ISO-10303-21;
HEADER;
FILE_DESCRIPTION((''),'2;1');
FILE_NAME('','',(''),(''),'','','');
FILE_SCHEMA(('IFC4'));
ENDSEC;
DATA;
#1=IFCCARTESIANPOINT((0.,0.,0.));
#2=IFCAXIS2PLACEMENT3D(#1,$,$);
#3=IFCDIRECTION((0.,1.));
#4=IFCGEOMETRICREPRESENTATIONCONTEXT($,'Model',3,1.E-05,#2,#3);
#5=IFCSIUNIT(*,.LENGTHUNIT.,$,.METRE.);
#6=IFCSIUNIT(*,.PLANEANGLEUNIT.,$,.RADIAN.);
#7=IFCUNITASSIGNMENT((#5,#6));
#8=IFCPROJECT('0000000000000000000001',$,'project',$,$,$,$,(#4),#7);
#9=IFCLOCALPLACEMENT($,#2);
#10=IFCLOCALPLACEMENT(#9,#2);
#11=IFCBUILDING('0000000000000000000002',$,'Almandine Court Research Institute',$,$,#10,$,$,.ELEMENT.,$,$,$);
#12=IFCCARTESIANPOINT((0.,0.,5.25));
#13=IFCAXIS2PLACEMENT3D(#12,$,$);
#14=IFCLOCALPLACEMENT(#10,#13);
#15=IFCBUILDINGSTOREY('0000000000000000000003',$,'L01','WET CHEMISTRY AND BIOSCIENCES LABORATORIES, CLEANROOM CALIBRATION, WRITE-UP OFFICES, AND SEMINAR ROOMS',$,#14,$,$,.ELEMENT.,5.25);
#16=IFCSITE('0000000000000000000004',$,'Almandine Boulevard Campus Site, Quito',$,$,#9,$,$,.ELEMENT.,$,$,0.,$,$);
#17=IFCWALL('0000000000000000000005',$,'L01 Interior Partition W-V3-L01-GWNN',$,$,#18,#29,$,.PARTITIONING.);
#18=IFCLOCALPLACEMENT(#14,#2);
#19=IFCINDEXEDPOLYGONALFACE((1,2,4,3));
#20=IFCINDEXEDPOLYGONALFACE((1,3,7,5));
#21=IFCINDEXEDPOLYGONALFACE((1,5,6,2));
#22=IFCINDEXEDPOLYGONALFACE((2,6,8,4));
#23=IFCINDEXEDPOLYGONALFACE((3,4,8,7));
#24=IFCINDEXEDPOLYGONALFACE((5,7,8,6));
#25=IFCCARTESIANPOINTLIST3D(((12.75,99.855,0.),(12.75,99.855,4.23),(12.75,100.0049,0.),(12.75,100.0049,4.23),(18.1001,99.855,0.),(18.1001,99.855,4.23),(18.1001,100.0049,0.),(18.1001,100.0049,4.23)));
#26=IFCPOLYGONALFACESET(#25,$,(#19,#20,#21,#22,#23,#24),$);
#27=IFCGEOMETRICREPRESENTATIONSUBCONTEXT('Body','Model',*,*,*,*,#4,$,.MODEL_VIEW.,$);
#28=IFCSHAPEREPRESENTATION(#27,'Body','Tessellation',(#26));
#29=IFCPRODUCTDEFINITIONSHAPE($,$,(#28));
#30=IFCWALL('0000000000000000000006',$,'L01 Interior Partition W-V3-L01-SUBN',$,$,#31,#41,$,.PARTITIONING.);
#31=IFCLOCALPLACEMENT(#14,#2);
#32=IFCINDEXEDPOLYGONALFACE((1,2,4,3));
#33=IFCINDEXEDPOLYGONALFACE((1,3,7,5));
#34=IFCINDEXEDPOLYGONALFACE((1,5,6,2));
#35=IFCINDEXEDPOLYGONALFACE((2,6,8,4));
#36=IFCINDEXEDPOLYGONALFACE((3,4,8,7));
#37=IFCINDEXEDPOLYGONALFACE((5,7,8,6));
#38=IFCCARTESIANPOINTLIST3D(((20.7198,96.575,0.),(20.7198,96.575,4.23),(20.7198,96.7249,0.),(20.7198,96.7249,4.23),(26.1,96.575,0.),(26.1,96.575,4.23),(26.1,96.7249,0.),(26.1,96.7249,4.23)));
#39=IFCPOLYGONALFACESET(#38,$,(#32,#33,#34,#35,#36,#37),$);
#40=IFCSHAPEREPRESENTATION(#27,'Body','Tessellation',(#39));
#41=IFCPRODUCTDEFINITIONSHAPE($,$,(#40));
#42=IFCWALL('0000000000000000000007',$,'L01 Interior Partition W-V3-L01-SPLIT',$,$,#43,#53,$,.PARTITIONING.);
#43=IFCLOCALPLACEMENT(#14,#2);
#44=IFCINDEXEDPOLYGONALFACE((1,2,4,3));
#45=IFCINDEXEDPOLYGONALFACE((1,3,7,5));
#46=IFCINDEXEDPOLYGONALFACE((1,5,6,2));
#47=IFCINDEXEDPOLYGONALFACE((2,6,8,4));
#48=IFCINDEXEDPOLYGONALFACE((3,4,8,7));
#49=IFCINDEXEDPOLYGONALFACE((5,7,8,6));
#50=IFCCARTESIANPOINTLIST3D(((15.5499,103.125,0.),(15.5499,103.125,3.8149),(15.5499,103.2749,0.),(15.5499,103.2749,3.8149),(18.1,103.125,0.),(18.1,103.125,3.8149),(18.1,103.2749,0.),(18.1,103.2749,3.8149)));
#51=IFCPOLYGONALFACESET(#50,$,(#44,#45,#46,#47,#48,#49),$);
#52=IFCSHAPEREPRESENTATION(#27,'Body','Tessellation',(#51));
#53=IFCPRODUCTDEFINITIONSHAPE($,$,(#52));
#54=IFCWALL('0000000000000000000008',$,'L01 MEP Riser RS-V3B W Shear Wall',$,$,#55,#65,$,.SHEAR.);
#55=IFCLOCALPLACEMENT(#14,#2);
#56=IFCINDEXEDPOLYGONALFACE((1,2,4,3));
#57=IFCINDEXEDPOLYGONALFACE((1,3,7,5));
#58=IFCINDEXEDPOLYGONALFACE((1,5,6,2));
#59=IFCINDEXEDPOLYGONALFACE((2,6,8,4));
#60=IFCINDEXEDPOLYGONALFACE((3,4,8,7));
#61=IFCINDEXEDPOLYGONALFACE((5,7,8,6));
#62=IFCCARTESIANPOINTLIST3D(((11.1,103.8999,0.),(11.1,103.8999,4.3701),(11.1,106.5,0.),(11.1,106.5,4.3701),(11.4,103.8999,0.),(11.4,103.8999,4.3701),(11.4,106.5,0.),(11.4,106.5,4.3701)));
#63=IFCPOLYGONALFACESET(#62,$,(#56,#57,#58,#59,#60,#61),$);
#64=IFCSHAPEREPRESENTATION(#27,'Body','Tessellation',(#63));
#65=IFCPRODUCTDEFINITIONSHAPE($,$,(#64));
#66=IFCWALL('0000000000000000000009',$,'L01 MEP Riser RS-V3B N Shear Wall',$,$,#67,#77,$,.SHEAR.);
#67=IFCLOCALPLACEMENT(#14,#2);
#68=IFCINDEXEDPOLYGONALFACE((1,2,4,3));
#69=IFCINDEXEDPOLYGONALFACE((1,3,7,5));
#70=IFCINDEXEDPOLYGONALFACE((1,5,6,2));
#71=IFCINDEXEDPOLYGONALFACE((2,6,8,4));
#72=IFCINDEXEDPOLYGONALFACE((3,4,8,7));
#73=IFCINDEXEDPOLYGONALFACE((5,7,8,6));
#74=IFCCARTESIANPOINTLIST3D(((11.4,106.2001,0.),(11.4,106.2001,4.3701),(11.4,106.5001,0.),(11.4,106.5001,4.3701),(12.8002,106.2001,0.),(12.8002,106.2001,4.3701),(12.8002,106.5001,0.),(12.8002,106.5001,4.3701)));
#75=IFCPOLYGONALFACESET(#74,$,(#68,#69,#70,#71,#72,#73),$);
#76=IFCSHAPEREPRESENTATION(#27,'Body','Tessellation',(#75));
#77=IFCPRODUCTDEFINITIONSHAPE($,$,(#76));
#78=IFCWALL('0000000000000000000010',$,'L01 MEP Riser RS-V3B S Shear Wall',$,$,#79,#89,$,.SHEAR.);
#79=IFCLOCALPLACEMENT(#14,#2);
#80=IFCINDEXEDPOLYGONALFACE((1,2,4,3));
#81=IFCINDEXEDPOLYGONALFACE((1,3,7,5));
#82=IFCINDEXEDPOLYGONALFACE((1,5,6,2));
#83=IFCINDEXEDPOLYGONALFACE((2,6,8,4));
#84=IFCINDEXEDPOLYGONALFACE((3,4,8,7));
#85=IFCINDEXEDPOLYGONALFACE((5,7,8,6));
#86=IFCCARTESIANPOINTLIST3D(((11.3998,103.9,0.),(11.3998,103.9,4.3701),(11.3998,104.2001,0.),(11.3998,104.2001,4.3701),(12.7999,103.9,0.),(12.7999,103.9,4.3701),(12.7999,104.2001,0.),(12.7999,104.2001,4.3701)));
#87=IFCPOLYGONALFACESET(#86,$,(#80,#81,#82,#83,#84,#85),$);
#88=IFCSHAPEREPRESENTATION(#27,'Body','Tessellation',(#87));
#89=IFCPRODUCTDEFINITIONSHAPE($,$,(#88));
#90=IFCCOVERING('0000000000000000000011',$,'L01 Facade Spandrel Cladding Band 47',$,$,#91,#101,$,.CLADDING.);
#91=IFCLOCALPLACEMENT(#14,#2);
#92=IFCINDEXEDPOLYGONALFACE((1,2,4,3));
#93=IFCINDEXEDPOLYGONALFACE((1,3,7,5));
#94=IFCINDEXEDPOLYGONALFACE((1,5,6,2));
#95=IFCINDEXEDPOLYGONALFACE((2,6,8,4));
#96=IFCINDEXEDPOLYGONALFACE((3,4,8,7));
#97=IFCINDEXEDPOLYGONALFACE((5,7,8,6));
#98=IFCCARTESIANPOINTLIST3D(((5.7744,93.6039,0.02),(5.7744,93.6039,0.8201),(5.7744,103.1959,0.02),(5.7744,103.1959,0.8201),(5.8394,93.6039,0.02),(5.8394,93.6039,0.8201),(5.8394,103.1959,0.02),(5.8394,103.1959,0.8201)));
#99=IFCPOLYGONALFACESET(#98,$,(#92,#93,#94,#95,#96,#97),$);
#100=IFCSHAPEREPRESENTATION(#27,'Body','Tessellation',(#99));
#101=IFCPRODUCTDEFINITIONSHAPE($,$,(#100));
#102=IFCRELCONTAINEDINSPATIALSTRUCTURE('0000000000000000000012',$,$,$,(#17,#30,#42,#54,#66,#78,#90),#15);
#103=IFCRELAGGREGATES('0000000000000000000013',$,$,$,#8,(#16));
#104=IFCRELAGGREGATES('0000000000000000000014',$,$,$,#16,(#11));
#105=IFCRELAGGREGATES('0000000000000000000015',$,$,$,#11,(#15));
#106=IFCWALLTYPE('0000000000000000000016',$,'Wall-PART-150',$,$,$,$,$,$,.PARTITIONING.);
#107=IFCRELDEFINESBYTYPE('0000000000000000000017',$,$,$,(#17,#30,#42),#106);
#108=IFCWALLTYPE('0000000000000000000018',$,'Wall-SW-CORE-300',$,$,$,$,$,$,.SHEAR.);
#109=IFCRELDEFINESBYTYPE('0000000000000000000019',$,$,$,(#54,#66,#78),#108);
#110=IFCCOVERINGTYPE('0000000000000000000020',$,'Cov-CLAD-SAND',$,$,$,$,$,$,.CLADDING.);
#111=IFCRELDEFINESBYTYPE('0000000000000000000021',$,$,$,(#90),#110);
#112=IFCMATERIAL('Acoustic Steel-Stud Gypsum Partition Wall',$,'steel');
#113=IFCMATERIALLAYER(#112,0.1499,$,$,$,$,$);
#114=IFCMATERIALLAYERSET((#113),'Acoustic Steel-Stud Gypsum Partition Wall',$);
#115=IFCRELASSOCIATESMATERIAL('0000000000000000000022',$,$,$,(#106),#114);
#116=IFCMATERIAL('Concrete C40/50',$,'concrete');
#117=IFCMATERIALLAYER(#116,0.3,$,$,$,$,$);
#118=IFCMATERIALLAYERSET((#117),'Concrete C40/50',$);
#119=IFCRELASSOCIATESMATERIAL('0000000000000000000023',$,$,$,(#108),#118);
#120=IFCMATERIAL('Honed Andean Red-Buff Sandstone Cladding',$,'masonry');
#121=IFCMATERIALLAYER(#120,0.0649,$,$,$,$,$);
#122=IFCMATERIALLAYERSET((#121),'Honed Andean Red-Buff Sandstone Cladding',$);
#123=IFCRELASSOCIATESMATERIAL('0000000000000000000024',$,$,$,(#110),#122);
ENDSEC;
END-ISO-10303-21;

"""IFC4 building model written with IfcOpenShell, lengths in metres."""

from ifc_helpers import new_model, si_unit, direction, frame, frame_2d, origin, origin_2d, place, context, subcontext, project, spatial, rectangle, extrude, material, layer, layer_set, type_object, element, save


model = new_model("IFC4")

# Units and contexts
model_context = context("Model", 3, precision=1e-05, world=origin(), true_north=direction((0.0, 1.0)))
body_context = subcontext(model_context, "Body", "Model", "MODEL_VIEW")
ifc_project = project(units=[si_unit("LENGTHUNIT", "METRE"), si_unit("PLANEANGLEUNIT", "RADIAN")], contexts=[model_context])

# Site, building, storey
site_placement = place(None, origin())
site = spatial("IfcSite", under=ifc_project, at=site_placement, Name="Almandine Boulevard Campus Site, Quito", CompositionType="ELEMENT", RefElevation=0.0)
building_placement = place(site_placement, origin())
building = spatial("IfcBuilding", under=site, at=building_placement, Name="Almandine Court Research Institute", CompositionType="ELEMENT")
storey_placement = place(building_placement, frame((0.0, 0.0, 5.25)))
storey = spatial("IfcBuildingStorey", under=building, at=storey_placement, Name="L01", Description="WET CHEMISTRY AND BIOSCIENCES LABORATORIES, CLEANROOM CALIBRATION, WRITE-UP OFFICES, AND SEMINAR ROOMS", CompositionType="ELEMENT", Elevation=5.25)

# Walls
ifc_material_1 = material(Name="Acoustic Steel-Stud Gypsum Partition Wall", Category="steel")
ifc_layer_1 = layer(ifc_material_1, 0.1499)
ifc_layer_set_1 = layer_set([ifc_layer_1], Name="Acoustic Steel-Stud Gypsum Partition Wall")
wall_type_1 = type_object("IfcWallType", Name="Wall-PART-150", PredefinedType="PARTITIONING", material=ifc_layer_set_1)
wall_1_placement = place(storey_placement, frame((12.75, 99.9299, 0.0), z_axis=(0.0, 0.0, 1.0), x_axis=(1.0, 0.0, 0.0)))
element("IfcWall", 1, at=wall_1_placement, inside=storey, type_object=wall_type_1, Name="L01 Interior Partition W-V3-L01-GWNN", PredefinedType="PARTITIONING", context=body_context, shape_type="SweptSolid", body=[
    extrude(rectangle(XDim=5.3501, YDim=0.1499, at=frame_2d((2.675, 0.0))), origin(), (0.0, 0.0, 1.0), 4.23),
])
wall_2_placement = place(storey_placement, frame((20.72, 96.6499, 0.0), z_axis=(0.0, 0.0, 1.0), x_axis=(1.0, 0.0, 0.0)))
element("IfcWall", 2, at=wall_2_placement, inside=storey, type_object=wall_type_1, Name="L01 Interior Partition W-V3-L01-SUBN", PredefinedType="PARTITIONING", context=body_context, shape_type="SweptSolid", body=[
    extrude(rectangle(XDim=5.3801, YDim=0.1499, at=frame_2d((2.6899, 0.0))), origin(), (0.0, 0.0, 1.0), 4.23),
])
wall_3_placement = place(storey_placement, frame((15.55, 103.2, 0.0), z_axis=(0.0, 0.0, 1.0), x_axis=(1.0, 0.0, 0.0)))
element("IfcWall", 3, at=wall_3_placement, inside=storey, type_object=wall_type_1, Name="L01 Interior Partition W-V3-L01-SPLIT", PredefinedType="PARTITIONING", context=body_context, shape_type="SweptSolid", body=[
    extrude(rectangle(XDim=2.55, YDim=0.1499, at=frame_2d((1.2749, 0.0))), origin(), (0.0, 0.0, 1.0), 3.8149),
])
ifc_material_2 = material(Name="Concrete C40/50", Category="concrete")
ifc_layer_2 = layer(ifc_material_2, 0.3)
ifc_layer_set_2 = layer_set([ifc_layer_2], Name="Concrete C40/50")
wall_type_2 = type_object("IfcWallType", Name="Wall-SW-CORE-300", PredefinedType="SHEAR", material=ifc_layer_set_2)
wall_4_placement = place(storey_placement, frame((11.25, 103.8999, 0.0), z_axis=(0.0, 0.0, 1.0), x_axis=(0.0, 1.0, 0.0)))
element("IfcWall", 4, at=wall_4_placement, inside=storey, type_object=wall_type_2, Name="L01 MEP Riser RS-V3B W Shear Wall", PredefinedType="SHEAR", context=body_context, shape_type="SweptSolid", body=[
    extrude(rectangle(XDim=2.6001, YDim=0.3, at=frame_2d((1.3, 0.0))), origin(), (0.0, 0.0, 1.0), 4.3701),
])
for number, where, z_axis, x_axis, name in (
    (5, (11.3999, 106.3501, 0.0), (0.0, 0.0, 1.0), (1.0, 0.0, 0.0), "L01 MEP Riser RS-V3B N Shear Wall"),
    (6, (12.8, 104.05, 0.0), (0.0, 0.0, 1.0), (-1.0, 0.0, 0.0), "L01 MEP Riser RS-V3B S Shear Wall"),
):
    element("IfcWall", number, at=place(storey_placement, frame(where, z_axis=z_axis, x_axis=x_axis)), inside=storey, type_object=wall_type_2, Name=name, PredefinedType="SHEAR", context=body_context, shape_type="SweptSolid", body=[
        extrude(rectangle(XDim=1.4001, YDim=0.3, at=frame_2d((0.7002, 0.0))), origin(), (0.0, 0.0, 1.0), 4.3701),
    ])

# Covering
ifc_material_3 = material(Name="Honed Andean Red-Buff Sandstone Cladding", Category="masonry")
ifc_layer_3 = layer(ifc_material_3, 0.0649)
ifc_layer_set_3 = layer_set([ifc_layer_3], Name="Honed Andean Red-Buff Sandstone Cladding")
covering_type = type_object("IfcCoveringType", Name="Cov-CLAD-SAND", PredefinedType="CLADDING", material=ifc_layer_set_3)
covering_placement = place(storey_placement, frame((5.8069, 98.3999, 0.02), z_axis=(0.0, 0.0, 1.0), x_axis=(0.0, 1.0, 0.0)))
element("IfcCovering", 7, at=covering_placement, inside=storey, type_object=covering_type, Name="L01 Facade Spandrel Cladding Band 47", PredefinedType="CLADDING", context=body_context, shape_type="SweptSolid", body=[
    extrude(rectangle(XDim=9.592, YDim=0.0649, at=origin_2d()), origin(), (0.0, 0.0, 1.0), 0.8),
])

save(model, "model.ifc")
